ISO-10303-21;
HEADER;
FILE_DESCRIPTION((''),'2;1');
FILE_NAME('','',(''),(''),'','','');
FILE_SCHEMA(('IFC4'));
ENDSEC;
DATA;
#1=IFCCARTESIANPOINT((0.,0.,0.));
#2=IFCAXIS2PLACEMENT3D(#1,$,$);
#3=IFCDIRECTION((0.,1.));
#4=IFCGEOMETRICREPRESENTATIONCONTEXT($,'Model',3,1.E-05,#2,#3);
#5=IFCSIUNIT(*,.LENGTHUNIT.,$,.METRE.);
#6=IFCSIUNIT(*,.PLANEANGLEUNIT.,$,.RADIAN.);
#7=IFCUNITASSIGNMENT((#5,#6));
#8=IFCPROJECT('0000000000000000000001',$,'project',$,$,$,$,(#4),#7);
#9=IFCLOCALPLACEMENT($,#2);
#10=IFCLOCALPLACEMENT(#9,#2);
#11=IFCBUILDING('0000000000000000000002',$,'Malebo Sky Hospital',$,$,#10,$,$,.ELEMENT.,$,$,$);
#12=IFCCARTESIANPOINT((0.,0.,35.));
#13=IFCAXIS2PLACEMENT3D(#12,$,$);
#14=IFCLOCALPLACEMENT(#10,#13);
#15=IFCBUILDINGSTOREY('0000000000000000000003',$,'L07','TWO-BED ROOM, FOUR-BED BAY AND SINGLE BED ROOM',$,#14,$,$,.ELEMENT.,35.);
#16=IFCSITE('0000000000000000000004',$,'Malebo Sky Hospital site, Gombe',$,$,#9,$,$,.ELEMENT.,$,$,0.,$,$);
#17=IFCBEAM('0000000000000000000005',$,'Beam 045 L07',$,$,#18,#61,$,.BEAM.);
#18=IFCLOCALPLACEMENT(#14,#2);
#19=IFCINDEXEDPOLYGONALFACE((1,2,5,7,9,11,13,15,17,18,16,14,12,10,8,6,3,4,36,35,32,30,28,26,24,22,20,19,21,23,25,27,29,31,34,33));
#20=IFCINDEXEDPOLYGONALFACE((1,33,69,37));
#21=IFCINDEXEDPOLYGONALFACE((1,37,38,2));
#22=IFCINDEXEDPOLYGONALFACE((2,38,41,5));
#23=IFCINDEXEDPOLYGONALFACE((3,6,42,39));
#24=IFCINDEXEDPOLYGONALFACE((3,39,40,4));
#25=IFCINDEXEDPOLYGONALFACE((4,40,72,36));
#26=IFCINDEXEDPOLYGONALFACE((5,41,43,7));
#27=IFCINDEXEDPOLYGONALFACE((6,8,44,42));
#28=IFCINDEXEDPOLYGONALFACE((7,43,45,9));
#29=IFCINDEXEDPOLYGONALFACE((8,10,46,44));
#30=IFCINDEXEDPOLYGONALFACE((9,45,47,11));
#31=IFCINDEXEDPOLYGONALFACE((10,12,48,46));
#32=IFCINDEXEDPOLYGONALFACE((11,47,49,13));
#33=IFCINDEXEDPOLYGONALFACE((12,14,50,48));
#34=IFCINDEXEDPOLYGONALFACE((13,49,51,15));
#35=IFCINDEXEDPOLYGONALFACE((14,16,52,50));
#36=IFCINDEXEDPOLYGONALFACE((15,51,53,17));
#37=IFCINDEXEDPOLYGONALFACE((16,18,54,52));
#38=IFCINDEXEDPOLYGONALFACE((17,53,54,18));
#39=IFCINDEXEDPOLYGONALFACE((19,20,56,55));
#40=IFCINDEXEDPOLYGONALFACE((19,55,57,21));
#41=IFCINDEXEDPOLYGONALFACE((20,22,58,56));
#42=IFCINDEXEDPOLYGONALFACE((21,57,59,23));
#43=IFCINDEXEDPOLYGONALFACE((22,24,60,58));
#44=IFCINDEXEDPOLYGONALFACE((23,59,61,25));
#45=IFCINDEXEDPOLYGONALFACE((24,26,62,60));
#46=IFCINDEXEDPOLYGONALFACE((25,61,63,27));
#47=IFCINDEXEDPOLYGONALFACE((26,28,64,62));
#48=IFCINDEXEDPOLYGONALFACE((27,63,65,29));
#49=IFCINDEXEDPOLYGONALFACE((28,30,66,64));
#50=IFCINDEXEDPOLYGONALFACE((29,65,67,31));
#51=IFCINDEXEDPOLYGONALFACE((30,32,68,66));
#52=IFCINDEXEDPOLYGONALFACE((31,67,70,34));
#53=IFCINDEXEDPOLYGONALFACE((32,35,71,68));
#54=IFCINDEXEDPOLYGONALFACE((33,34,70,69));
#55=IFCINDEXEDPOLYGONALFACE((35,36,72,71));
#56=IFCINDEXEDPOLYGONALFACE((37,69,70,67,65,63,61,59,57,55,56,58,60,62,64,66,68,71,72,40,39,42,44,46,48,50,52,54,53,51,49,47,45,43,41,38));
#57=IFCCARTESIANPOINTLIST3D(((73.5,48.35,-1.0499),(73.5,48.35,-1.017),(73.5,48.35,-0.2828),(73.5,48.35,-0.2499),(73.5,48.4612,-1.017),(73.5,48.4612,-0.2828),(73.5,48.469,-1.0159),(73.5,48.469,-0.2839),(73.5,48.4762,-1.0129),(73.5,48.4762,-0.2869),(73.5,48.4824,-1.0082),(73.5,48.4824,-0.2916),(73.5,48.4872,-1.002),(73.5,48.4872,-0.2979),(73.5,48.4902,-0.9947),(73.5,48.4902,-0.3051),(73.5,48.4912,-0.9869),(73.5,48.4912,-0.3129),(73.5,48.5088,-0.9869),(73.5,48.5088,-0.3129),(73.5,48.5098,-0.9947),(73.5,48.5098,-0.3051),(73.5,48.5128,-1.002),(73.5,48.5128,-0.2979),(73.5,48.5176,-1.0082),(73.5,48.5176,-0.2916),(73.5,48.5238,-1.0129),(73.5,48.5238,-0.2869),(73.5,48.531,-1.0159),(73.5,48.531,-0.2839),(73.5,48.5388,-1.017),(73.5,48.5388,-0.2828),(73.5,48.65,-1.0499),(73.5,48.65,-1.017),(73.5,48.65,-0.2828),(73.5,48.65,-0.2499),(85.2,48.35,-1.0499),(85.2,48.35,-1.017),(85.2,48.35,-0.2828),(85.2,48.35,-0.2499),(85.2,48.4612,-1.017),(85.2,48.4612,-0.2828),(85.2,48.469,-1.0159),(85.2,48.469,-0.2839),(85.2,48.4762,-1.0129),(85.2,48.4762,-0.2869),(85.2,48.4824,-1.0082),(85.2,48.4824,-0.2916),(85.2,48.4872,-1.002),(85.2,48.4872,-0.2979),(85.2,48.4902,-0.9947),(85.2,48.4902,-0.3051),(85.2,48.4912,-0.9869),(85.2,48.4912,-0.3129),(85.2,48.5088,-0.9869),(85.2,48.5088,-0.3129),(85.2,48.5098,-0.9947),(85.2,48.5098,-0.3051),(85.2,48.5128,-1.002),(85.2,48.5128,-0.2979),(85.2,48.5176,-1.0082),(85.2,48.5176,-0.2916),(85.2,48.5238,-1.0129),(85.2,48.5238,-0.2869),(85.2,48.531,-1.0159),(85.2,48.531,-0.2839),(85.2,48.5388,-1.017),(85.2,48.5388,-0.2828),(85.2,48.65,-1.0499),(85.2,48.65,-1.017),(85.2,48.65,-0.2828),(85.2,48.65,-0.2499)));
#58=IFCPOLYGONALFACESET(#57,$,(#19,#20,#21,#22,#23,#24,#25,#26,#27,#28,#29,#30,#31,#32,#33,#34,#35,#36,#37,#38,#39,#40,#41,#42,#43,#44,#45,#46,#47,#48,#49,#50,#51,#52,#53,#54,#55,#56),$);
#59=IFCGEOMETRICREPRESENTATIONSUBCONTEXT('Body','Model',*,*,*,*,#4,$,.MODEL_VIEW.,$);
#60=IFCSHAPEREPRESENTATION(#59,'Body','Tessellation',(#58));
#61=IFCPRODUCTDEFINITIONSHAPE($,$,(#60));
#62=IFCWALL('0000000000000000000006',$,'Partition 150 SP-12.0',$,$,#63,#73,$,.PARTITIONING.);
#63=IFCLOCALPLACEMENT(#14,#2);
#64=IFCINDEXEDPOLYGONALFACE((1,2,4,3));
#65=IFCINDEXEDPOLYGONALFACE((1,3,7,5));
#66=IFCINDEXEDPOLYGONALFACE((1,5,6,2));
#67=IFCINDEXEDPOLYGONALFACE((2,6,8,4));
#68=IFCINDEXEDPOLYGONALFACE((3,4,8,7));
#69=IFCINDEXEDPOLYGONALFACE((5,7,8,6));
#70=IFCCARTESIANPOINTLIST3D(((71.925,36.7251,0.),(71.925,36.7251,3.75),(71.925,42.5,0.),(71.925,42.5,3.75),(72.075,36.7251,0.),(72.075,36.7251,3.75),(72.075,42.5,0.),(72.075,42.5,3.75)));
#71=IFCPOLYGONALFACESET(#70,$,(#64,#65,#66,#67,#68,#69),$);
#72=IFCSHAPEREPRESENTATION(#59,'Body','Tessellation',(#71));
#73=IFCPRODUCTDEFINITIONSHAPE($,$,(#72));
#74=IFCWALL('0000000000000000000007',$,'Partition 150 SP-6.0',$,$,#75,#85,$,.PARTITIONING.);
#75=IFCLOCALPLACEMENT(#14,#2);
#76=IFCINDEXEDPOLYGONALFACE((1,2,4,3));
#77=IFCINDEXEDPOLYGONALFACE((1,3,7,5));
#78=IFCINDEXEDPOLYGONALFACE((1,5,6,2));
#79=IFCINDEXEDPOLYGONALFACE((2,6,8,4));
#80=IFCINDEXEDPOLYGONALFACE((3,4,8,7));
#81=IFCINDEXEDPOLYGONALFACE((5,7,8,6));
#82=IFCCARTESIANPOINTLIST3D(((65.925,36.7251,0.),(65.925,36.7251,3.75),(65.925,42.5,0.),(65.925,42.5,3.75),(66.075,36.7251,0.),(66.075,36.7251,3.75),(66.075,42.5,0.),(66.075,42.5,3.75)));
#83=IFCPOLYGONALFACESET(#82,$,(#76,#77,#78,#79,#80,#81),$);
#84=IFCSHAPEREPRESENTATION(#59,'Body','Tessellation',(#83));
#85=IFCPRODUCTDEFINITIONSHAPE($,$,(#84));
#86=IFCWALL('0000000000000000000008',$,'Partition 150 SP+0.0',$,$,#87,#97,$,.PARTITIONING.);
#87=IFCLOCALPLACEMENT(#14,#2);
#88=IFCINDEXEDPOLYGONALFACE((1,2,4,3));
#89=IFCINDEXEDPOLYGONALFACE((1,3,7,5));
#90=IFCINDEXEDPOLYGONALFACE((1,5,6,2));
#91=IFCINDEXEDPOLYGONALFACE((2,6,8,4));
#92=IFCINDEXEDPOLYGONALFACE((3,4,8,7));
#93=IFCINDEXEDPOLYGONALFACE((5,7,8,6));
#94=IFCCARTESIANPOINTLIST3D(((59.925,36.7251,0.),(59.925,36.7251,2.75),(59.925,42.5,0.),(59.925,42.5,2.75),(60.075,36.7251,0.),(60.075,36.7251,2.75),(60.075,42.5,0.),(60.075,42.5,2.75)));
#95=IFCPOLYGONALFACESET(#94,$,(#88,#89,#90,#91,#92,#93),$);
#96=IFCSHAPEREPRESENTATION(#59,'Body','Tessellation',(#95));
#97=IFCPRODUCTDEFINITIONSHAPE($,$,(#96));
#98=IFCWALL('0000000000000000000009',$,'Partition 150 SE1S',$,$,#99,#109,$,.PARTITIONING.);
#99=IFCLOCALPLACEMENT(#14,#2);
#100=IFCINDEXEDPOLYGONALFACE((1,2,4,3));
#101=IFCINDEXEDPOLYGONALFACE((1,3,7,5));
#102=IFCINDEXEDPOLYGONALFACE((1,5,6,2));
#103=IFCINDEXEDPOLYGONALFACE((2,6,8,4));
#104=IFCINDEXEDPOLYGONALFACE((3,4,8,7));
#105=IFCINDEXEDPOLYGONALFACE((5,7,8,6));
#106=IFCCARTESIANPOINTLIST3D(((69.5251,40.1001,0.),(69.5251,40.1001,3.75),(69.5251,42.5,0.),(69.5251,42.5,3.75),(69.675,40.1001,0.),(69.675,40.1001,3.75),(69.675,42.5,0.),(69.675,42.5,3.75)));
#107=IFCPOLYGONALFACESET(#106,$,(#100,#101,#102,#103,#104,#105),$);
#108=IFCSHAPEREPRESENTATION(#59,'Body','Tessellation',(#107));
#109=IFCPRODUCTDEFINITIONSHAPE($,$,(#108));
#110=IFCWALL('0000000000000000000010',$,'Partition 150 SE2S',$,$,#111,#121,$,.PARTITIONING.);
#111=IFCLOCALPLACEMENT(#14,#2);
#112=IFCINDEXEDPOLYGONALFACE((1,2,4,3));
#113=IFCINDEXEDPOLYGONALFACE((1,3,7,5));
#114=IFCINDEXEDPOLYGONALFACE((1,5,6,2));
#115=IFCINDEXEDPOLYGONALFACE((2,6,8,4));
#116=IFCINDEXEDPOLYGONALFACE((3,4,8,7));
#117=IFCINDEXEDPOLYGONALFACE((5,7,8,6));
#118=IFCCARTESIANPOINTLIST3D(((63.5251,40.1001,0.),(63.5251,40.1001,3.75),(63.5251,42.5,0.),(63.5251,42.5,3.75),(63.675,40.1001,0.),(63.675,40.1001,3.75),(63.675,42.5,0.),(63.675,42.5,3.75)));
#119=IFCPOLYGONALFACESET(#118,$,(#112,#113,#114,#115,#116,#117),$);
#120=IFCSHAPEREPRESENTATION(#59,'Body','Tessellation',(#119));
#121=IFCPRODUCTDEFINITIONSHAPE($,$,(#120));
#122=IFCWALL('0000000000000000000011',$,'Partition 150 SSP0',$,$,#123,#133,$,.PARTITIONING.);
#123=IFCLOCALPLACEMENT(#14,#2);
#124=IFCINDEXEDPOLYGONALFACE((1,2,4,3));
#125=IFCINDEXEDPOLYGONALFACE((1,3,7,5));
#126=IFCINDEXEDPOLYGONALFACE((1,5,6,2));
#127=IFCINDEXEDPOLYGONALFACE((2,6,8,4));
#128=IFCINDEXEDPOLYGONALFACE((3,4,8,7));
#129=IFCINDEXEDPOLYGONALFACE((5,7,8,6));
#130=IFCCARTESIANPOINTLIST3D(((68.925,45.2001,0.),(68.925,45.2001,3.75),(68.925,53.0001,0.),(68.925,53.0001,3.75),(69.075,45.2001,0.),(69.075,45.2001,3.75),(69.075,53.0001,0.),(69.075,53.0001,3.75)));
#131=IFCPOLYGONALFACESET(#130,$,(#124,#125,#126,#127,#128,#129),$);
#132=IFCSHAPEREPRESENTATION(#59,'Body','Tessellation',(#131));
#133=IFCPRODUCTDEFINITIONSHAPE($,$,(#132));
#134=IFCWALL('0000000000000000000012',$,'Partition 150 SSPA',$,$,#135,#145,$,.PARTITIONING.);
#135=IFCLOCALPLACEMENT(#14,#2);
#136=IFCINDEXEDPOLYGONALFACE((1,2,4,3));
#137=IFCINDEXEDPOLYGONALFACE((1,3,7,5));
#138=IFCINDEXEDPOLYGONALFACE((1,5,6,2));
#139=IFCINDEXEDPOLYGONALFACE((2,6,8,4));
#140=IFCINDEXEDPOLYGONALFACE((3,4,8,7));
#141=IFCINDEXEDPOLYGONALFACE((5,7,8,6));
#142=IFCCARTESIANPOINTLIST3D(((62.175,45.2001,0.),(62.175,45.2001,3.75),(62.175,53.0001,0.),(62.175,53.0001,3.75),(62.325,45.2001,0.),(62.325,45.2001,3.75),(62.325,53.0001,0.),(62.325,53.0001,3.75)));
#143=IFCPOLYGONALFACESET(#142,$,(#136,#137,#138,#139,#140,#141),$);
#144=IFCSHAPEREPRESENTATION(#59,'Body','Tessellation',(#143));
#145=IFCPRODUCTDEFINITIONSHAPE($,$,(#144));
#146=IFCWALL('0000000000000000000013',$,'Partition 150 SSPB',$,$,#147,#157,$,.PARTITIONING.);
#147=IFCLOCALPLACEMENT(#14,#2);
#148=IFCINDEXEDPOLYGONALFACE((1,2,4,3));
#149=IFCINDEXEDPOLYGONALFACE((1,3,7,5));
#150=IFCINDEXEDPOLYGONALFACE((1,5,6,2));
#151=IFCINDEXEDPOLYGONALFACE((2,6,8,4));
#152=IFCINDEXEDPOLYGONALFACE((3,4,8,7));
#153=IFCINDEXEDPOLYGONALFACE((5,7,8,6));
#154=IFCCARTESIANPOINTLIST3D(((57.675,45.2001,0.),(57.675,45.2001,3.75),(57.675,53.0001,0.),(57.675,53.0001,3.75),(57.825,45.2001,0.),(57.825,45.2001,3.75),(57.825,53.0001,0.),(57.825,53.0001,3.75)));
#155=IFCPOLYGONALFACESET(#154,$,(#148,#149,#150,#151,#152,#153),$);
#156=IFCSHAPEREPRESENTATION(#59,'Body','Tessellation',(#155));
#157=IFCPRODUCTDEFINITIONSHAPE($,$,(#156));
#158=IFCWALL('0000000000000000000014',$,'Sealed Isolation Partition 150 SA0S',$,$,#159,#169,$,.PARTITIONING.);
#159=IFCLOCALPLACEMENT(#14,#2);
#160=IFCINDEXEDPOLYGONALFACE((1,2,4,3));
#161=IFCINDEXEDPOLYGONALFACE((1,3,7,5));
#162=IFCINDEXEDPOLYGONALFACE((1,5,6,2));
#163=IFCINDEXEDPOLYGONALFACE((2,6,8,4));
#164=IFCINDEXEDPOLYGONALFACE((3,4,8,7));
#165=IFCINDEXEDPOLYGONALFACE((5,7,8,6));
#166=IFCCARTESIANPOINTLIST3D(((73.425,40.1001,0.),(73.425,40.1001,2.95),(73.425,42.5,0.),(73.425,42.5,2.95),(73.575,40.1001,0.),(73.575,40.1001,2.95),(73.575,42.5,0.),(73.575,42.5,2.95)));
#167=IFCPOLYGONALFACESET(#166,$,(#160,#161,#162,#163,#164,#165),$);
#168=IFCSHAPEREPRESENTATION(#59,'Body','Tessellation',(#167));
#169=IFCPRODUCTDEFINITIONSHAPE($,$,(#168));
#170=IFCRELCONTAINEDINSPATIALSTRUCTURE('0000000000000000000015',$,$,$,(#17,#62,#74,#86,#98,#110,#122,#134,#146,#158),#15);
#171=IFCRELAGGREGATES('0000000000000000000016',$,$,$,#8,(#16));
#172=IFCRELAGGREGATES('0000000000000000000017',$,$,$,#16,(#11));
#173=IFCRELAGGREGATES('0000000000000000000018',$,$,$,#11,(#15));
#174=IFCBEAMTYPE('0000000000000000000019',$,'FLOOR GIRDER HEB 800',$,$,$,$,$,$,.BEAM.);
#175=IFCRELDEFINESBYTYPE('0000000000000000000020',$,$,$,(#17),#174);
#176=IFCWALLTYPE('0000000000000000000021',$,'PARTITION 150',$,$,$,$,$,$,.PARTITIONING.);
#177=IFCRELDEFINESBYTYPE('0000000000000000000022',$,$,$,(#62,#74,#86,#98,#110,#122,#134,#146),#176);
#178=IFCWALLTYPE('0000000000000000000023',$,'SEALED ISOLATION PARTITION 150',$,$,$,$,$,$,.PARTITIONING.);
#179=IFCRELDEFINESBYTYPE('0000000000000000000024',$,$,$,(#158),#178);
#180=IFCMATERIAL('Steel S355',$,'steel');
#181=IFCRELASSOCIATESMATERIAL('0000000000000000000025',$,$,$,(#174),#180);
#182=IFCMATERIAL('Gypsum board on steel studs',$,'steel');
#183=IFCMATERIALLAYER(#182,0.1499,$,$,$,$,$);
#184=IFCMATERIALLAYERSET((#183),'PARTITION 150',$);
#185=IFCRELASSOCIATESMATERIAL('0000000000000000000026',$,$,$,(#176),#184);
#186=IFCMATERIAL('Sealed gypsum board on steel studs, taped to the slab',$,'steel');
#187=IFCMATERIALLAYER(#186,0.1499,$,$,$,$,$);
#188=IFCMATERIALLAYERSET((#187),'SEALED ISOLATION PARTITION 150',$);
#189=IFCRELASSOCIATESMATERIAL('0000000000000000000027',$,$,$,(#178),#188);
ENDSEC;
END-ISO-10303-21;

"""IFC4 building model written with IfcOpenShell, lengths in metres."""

from ifc_helpers import new_model, si_unit, direction, frame, frame_2d, origin, origin_2d, place, context, subcontext, project, spatial, rectangle, i_section, extrude, material, layer, layer_set, material_profile, profile_set, type_object, element, save


model = new_model("IFC4")

# Units and contexts
model_context = context("Model", 3, precision=1e-05, world=origin(), true_north=direction((0.0, 1.0)))
body_context = subcontext(model_context, "Body", "Model", "MODEL_VIEW")
ifc_project = project(units=[si_unit("LENGTHUNIT", "METRE"), si_unit("PLANEANGLEUNIT", "RADIAN")], contexts=[model_context])

# Site, building, storey
site_placement = place(None, origin())
site = spatial("IfcSite", under=ifc_project, at=site_placement, Name="Malebo Sky Hospital site, Gombe", CompositionType="ELEMENT", RefElevation=0.0)
building_placement = place(site_placement, origin())
building = spatial("IfcBuilding", under=site, at=building_placement, Name="Malebo Sky Hospital", CompositionType="ELEMENT")
storey_placement = place(building_placement, frame((0.0, 0.0, 35.0)))
storey = spatial("IfcBuildingStorey", under=building, at=storey_placement, Name="L07", Description="TWO-BED ROOM, FOUR-BED BAY AND SINGLE BED ROOM", CompositionType="ELEMENT", Elevation=35.0)

# Beam
ifc_material_1 = material(Name="Steel S355", Category="steel")
ifc_material_profile_1 = material_profile(ifc_material_1, i_section(OverallWidth=0.3, OverallDepth=0.8, WebThickness=0.0176, FlangeThickness=0.033, FilletRadius=0.03, at=origin_2d()), Name="HEB 800")
ifc_profile_set_1 = profile_set([ifc_material_profile_1], Name="Steel S355")
beam_type_1 = type_object("IfcBeamType", Name="FLOOR GIRDER HEB 800", PredefinedType="BEAM", material=ifc_profile_set_1)
beam_1_placement = place(storey_placement, frame((73.5, 48.5, -0.6499), z_axis=(1.0, 0.0, 0.0), x_axis=(0.0, 1.0, 0.0)))
element("IfcBeam", 1, at=beam_1_placement, inside=storey, type_object=beam_type_1, Name="Beam 045 L07", PredefinedType="BEAM", context=body_context, shape_type="SweptSolid", body=[
    extrude(i_section(OverallWidth=0.3, OverallDepth=0.8, WebThickness=0.0176, FlangeThickness=0.033, FilletRadius=0.03, at=origin_2d()), origin(), (0.0, 0.0, 1.0), 11.7),
])

# Walls
ifc_material_2 = material(Name="Gypsum board on steel studs", Category="steel")
ifc_layer_1 = layer(ifc_material_2, 0.1499)
ifc_layer_set_1 = layer_set([ifc_layer_1], Name="PARTITION 150")
wall_type_1 = type_object("IfcWallType", Name="PARTITION 150", PredefinedType="PARTITIONING", material=ifc_layer_set_1)
for number, where, z_axis, x_axis, name in (
    (2, (72.0, 42.5, 0.0), (0.0, 0.0, 1.0), (0.0, -1.0, 0.0), "Partition 150 SP-12.0"),
    (3, (66.0, 42.5, 0.0), (0.0, 0.0, 1.0), (0.0, -1.0, 0.0), "Partition 150 SP-6.0"),
):
    element("IfcWall", number, at=place(storey_placement, frame(where, z_axis=z_axis, x_axis=x_axis)), inside=storey, type_object=wall_type_1, Name=name, PredefinedType="PARTITIONING", context=body_context, shape_type="SweptSolid", body=[
        extrude(rectangle(XDim=5.7749, YDim=0.1499, at=frame_2d((2.8875, 0.0))), origin(), (0.0, 0.0, 1.0), 3.75),
    ])
wall_1_placement = place(storey_placement, frame((60.0, 42.5, 0.0), z_axis=(0.0, 0.0, 1.0), x_axis=(0.0, -1.0, 0.0)))
element("IfcWall", 4, at=wall_1_placement, inside=storey, type_object=wall_type_1, Name="Partition 150 SP+0.0", PredefinedType="PARTITIONING", context=body_context, shape_type="SweptSolid", body=[
    extrude(rectangle(XDim=5.7749, YDim=0.1499, at=frame_2d((2.8875, 0.0))), origin(), (0.0, 0.0, 1.0), 2.75),
])
for number, where, z_axis, x_axis, name in (
    (5, (69.6001, 42.5, 0.0), (0.0, 0.0, 1.0), (0.0, -1.0, 0.0), "Partition 150 SE1S"),
    (6, (63.6001, 42.5, 0.0), (0.0, 0.0, 1.0), (0.0, -1.0, 0.0), "Partition 150 SE2S"),
):
    element("IfcWall", number, at=place(storey_placement, frame(where, z_axis=z_axis, x_axis=x_axis)), inside=storey, type_object=wall_type_1, Name=name, PredefinedType="PARTITIONING", context=body_context, shape_type="SweptSolid", body=[
        extrude(rectangle(XDim=2.3999, YDim=0.1499, at=frame_2d((1.2, 0.0))), origin(), (0.0, 0.0, 1.0), 3.75),
    ])
for number, where, z_axis, x_axis, name in (
    (7, (69.0, 53.0, 0.0), (0.0, 0.0, 1.0), (0.0, -1.0, 0.0), "Partition 150 SSP0"),
    (8, (62.25, 53.0, 0.0), (0.0, 0.0, 1.0), (0.0, -1.0, 0.0), "Partition 150 SSPA"),
    (9, (57.75, 53.0, 0.0), (0.0, 0.0, 1.0), (0.0, -1.0, 0.0), "Partition 150 SSPB"),
):
    element("IfcWall", number, at=place(storey_placement, frame(where, z_axis=z_axis, x_axis=x_axis)), inside=storey, type_object=wall_type_1, Name=name, PredefinedType="PARTITIONING", context=body_context, shape_type="SweptSolid", body=[
        extrude(rectangle(XDim=7.8, YDim=0.1499, at=frame_2d((3.8999, 0.0))), origin(), (0.0, 0.0, 1.0), 3.75),
    ])
ifc_material_3 = material(Name="Sealed gypsum board on steel studs, taped to the slab", Category="steel")
ifc_layer_2 = layer(ifc_material_3, 0.1499)
ifc_layer_set_2 = layer_set([ifc_layer_2], Name="SEALED ISOLATION PARTITION 150")
wall_type_2 = type_object("IfcWallType", Name="SEALED ISOLATION PARTITION 150", PredefinedType="PARTITIONING", material=ifc_layer_set_2)
wall_2_placement = place(storey_placement, frame((73.5, 42.5, 0.0), z_axis=(0.0, 0.0, 1.0), x_axis=(0.0, -1.0, 0.0)))
element("IfcWall", 10, at=wall_2_placement, inside=storey, type_object=wall_type_2, Name="Sealed Isolation Partition 150 SA0S", PredefinedType="PARTITIONING", context=body_context, shape_type="SweptSolid", body=[
    extrude(rectangle(XDim=2.3999, YDim=0.1499, at=frame_2d((1.2, 0.0))), origin(), (0.0, 0.0, 1.0), 2.95),
])

save(model, "model.ifc")
